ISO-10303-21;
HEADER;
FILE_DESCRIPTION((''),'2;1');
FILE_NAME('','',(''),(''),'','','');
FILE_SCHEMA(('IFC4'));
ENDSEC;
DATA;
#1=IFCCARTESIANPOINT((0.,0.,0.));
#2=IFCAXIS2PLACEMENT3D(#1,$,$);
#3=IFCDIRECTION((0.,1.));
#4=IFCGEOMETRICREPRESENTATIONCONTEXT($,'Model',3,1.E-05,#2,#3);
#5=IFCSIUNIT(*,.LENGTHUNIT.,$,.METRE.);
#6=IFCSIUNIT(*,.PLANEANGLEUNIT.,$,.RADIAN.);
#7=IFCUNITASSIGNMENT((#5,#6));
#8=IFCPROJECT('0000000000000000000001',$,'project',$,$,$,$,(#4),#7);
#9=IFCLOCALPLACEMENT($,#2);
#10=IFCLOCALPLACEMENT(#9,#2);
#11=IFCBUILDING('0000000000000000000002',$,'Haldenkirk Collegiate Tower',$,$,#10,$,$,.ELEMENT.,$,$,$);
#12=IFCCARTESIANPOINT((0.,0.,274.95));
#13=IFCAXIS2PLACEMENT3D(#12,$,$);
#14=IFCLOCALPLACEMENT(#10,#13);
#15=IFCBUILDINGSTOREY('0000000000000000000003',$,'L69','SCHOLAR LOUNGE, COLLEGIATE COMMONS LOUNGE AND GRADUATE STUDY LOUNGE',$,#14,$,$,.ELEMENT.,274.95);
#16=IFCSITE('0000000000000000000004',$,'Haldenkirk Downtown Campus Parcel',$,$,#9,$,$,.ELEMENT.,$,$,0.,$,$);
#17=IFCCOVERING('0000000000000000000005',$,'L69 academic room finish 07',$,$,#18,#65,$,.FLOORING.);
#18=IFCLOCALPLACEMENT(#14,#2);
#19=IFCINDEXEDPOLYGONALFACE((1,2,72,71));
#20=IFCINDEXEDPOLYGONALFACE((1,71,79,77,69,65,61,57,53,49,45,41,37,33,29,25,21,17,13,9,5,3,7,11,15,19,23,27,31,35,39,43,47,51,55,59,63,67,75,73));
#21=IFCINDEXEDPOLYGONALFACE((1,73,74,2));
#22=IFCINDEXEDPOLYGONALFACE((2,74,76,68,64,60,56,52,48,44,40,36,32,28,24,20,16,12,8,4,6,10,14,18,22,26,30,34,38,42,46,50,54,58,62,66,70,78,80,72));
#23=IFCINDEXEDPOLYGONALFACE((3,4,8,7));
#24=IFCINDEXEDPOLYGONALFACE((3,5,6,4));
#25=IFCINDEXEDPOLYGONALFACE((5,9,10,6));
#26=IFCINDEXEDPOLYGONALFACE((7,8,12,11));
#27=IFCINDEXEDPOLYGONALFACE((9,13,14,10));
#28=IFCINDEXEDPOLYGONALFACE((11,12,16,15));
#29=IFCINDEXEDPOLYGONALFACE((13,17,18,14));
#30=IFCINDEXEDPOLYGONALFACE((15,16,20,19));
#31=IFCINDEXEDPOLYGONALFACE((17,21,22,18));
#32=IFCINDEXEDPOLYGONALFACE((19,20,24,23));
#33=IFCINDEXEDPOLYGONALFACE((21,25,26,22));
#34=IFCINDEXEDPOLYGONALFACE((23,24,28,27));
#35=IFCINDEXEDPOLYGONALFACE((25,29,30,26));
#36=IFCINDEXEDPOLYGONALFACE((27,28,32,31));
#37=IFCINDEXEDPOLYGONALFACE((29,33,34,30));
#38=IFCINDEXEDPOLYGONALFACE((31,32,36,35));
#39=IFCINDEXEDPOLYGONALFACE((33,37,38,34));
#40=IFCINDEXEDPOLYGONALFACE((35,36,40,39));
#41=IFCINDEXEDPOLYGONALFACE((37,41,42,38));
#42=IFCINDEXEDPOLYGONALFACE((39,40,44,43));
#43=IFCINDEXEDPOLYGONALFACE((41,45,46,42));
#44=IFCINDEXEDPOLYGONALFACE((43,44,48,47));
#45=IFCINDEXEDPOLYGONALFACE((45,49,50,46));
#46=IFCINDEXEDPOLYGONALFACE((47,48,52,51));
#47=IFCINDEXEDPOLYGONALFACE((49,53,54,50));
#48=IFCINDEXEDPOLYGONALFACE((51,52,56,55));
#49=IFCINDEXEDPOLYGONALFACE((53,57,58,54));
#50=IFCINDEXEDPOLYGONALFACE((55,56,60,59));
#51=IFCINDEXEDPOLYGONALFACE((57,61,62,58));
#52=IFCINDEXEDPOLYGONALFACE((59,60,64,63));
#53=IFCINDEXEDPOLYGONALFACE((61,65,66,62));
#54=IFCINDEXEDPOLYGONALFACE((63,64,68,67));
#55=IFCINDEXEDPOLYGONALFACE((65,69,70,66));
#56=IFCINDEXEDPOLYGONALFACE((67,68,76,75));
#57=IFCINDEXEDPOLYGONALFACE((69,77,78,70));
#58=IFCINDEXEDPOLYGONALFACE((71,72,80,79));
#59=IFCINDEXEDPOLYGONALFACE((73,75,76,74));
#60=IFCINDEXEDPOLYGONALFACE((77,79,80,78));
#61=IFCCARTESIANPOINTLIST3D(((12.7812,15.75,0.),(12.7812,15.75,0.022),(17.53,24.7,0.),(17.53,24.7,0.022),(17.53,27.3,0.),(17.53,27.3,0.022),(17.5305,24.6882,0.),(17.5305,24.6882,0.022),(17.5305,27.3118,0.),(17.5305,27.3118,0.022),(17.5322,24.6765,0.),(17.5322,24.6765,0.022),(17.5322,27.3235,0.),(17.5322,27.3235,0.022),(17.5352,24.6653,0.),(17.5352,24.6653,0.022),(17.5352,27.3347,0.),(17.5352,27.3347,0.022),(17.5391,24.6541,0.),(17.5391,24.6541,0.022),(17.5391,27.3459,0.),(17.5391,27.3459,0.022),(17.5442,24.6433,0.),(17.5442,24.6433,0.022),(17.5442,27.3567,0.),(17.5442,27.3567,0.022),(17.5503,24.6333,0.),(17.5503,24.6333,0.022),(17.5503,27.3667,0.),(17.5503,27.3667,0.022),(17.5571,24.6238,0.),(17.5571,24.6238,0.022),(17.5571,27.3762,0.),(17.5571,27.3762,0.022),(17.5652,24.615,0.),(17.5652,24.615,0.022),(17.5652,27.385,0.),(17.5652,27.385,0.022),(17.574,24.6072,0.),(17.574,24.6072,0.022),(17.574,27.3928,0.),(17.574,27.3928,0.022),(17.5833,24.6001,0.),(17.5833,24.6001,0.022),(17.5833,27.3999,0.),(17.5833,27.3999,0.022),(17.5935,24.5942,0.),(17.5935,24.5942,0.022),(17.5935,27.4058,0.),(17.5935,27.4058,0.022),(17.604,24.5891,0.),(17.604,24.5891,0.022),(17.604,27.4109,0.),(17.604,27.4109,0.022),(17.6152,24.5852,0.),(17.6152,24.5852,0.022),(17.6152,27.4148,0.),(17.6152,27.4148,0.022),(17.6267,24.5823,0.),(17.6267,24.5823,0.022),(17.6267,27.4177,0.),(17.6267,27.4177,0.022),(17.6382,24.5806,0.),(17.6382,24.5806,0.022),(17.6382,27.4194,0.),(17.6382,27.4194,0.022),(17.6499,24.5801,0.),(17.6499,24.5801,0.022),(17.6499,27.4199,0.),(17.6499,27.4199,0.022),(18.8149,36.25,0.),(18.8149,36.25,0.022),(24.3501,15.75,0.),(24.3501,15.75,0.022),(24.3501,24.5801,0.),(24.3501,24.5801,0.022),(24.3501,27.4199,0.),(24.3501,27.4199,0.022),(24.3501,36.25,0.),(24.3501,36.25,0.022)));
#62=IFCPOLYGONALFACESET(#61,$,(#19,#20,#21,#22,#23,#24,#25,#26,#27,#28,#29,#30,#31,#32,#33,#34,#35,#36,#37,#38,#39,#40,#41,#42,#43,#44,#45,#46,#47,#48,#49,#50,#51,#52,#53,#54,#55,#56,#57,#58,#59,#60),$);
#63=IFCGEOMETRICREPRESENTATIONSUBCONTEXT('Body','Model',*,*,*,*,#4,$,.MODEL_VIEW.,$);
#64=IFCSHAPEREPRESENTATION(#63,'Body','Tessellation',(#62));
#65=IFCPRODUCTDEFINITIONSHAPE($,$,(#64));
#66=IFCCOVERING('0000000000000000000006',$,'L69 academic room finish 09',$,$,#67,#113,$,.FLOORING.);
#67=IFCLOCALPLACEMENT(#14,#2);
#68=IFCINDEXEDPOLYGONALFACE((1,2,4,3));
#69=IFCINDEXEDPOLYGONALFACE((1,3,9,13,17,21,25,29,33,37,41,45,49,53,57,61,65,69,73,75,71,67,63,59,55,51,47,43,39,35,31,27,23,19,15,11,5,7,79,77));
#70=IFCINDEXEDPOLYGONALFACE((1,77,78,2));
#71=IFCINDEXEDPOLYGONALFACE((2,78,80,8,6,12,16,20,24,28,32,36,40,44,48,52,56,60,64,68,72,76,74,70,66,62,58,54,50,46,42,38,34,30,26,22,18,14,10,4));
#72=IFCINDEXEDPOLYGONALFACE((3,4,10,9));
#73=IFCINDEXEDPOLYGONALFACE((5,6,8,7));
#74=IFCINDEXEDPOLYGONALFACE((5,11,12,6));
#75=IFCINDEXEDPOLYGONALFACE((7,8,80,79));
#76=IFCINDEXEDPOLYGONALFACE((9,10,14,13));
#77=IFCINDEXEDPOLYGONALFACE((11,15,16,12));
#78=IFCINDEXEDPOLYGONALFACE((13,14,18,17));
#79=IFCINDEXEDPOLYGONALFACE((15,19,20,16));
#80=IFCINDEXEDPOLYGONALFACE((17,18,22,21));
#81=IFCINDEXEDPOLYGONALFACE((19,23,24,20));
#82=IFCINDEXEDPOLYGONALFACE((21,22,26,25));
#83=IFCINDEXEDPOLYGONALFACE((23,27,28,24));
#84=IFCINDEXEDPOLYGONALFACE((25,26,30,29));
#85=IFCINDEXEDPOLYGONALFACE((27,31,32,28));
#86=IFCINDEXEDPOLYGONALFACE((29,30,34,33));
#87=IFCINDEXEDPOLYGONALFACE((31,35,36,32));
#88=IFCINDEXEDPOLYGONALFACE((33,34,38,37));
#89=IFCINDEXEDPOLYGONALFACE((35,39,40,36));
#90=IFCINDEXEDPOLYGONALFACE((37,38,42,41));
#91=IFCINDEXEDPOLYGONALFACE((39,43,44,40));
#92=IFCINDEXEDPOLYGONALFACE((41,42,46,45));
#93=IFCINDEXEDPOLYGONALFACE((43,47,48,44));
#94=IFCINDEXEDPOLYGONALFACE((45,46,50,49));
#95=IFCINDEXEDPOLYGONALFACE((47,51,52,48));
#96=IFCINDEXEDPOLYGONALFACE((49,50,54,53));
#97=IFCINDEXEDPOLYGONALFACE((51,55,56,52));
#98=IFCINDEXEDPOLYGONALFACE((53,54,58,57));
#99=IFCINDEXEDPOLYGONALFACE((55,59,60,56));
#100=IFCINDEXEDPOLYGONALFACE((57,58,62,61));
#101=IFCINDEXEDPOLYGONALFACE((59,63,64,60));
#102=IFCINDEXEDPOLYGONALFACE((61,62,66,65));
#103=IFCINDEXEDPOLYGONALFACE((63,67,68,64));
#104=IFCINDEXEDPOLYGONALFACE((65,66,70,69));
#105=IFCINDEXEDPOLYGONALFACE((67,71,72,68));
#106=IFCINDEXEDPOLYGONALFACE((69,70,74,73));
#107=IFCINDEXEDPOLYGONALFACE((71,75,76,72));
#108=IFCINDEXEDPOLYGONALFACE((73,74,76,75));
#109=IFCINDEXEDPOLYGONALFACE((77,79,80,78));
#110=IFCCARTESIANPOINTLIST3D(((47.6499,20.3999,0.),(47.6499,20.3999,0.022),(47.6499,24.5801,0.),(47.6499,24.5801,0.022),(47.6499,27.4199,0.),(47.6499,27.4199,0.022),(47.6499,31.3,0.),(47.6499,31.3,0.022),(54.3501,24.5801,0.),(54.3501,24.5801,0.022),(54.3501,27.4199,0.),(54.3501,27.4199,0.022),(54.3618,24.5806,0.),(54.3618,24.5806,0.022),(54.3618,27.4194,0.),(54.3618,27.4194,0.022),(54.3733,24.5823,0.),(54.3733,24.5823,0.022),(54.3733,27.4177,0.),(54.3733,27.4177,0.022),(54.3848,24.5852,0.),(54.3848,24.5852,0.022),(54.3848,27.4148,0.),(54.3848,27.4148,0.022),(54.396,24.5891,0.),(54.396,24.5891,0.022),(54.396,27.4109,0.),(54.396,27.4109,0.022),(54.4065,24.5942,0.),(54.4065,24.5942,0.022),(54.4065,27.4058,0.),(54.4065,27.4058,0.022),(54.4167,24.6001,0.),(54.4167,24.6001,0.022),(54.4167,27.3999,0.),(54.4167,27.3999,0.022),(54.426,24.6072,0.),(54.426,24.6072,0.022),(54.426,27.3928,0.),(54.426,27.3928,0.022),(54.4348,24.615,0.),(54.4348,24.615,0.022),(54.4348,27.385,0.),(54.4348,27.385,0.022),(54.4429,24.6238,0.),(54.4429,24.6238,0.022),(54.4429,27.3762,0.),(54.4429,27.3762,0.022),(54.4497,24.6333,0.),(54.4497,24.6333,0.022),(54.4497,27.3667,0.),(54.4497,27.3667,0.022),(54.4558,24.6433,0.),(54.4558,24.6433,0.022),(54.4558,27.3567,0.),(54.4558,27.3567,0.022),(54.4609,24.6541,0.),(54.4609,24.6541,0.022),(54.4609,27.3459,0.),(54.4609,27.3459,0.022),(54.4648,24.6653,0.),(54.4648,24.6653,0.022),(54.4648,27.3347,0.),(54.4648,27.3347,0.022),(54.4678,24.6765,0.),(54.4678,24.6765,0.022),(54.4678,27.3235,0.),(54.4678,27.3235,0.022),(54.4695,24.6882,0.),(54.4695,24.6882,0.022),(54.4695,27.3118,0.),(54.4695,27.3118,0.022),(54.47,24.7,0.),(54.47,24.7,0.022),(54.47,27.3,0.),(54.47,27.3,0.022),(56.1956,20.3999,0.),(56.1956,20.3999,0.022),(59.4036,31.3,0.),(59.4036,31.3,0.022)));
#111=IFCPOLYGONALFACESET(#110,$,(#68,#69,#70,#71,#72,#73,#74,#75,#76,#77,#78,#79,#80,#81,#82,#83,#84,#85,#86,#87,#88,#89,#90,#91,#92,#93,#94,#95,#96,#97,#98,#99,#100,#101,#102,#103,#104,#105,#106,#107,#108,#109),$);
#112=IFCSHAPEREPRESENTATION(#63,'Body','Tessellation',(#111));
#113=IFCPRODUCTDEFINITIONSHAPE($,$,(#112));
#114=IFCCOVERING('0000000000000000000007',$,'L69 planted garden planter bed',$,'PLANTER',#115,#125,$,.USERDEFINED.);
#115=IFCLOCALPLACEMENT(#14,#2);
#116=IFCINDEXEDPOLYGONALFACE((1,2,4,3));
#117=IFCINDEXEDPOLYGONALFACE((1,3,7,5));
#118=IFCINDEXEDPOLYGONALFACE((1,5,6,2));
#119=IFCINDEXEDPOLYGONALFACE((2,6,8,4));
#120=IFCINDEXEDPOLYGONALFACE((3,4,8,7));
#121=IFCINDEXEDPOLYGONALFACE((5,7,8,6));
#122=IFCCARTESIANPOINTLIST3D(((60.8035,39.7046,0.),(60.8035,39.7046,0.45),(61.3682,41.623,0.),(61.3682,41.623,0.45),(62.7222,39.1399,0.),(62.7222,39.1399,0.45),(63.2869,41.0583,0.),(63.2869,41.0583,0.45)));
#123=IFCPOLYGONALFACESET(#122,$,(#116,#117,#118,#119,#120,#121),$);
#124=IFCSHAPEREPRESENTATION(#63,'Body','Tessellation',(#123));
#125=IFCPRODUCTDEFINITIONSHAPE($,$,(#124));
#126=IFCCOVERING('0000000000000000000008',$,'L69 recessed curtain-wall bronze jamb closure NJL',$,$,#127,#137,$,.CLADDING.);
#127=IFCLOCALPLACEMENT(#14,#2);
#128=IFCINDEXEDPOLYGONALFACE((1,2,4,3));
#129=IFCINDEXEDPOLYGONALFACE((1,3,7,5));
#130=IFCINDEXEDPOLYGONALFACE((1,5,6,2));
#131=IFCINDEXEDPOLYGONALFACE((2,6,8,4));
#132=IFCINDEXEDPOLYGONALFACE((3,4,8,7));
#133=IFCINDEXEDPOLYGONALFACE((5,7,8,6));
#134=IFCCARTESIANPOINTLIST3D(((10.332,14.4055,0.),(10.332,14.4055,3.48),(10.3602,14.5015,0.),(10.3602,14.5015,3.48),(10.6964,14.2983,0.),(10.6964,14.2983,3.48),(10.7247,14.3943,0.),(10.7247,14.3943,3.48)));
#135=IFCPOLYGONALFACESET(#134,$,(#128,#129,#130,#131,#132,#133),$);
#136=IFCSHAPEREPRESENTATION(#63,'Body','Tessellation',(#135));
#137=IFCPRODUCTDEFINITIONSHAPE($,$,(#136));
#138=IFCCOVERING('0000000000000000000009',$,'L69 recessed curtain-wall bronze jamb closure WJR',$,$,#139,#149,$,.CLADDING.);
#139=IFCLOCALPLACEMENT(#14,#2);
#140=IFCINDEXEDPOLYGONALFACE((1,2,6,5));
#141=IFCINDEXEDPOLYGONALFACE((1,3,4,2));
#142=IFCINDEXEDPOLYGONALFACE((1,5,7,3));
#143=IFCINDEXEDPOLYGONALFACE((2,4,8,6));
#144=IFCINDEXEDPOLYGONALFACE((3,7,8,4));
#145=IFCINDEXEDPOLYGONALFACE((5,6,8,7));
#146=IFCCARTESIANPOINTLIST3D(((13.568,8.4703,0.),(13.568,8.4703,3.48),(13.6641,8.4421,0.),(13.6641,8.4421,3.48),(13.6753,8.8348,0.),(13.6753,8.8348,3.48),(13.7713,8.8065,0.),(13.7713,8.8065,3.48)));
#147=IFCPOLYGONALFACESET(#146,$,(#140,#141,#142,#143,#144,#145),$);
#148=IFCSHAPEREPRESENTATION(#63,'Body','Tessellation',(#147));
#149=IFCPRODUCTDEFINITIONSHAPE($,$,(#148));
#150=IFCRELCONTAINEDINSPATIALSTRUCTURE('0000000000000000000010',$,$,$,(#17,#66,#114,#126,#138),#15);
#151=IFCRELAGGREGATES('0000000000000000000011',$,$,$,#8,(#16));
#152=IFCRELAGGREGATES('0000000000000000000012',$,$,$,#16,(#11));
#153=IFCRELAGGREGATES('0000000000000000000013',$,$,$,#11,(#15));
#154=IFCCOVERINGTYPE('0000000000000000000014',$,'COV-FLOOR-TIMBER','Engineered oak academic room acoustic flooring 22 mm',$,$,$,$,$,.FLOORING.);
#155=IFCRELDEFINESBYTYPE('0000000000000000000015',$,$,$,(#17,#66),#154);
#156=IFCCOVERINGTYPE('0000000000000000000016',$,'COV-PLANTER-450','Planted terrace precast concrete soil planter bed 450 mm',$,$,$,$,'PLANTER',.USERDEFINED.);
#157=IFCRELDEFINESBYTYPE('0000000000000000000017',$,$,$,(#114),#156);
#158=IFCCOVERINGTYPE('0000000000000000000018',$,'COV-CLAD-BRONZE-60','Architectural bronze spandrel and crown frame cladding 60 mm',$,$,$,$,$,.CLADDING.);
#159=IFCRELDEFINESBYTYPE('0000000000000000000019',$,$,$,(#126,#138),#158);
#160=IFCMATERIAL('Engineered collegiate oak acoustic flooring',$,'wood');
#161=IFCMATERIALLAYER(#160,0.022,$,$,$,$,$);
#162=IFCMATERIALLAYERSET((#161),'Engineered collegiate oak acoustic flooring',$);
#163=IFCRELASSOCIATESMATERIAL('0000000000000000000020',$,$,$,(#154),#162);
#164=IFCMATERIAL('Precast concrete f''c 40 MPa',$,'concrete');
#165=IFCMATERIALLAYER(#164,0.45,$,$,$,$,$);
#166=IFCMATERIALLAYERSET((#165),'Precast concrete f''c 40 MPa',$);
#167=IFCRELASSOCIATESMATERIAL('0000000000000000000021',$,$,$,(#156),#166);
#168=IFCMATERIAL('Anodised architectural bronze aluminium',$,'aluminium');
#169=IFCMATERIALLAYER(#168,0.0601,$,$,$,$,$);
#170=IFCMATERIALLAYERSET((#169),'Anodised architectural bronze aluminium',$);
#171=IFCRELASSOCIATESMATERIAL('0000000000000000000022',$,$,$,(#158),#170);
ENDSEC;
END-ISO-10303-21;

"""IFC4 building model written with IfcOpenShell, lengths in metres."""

from ifc_helpers import new_model, si_unit, direction, frame, origin, origin_2d, place, context, subcontext, project, spatial, polyline, rectangle, outline, extrude, source, transform, mapped, material, layer, layer_set, type_object, element, save


model = new_model("IFC4")

# Units and contexts
model_context = context("Model", 3, precision=1e-05, world=origin(), true_north=direction((0.0, 1.0)))
body_context = subcontext(model_context, "Body", "Model", "MODEL_VIEW")
ifc_project = project(units=[si_unit("LENGTHUNIT", "METRE"), si_unit("PLANEANGLEUNIT", "RADIAN")], contexts=[model_context])

# Site, building, storey
site_placement = place(None, origin())
site = spatial("IfcSite", under=ifc_project, at=site_placement, Name="Haldenkirk Downtown Campus Parcel", CompositionType="ELEMENT", RefElevation=0.0)
building_placement = place(site_placement, origin())
building = spatial("IfcBuilding", under=site, at=building_placement, Name="Haldenkirk Collegiate Tower", CompositionType="ELEMENT")
storey_placement = place(building_placement, frame((0.0, 0.0, 274.95)))
storey = spatial("IfcBuildingStorey", under=building, at=storey_placement, Name="L69", Description="SCHOLAR LOUNGE, COLLEGIATE COMMONS LOUNGE AND GRADUATE STUDY LOUNGE", CompositionType="ELEMENT", Elevation=274.95)

# Shared definitions
ifc_material_1 = material(Name="Anodised architectural bronze aluminium", Category="aluminium")

# Shared definitions
ifc_material_2 = material(Name="Precast concrete f'c 40 MPa", Category="concrete")

# Coverings
ifc_material_3 = material(Name="Engineered collegiate oak acoustic flooring", Category="wood")
ifc_layer_1 = layer(ifc_material_3, 0.022)
ifc_layer_set_1 = layer_set([ifc_layer_1], Name="Engineered collegiate oak acoustic flooring")
covering_type_1 = type_object("IfcCoveringType", Name="COV-FLOOR-TIMBER", Description="Engineered oak academic room acoustic flooring 22 mm", PredefinedType="FLOORING", material=ifc_layer_set_1)
covering_1_placement = place(storey_placement, origin())
element("IfcCovering", 1, at=covering_1_placement, inside=storey, type_object=covering_type_1, Name="L69 academic room finish 07", PredefinedType="FLOORING", context=body_context, shape_type="SweptSolid", body=[
    extrude(outline(polyline([(17.6499, 27.4199), (17.6382, 27.4194), (17.6267, 27.4177), (17.6152, 27.4148), (17.604, 27.4109), (17.5935, 27.4058), (17.5833, 27.3999), (17.574, 27.3928), (17.5652, 27.385), (17.5571, 27.3762), (17.5503, 27.3667), (17.5442, 27.3567), (17.5391, 27.3459), (17.5352, 27.3347), (17.5322, 27.3235), (17.5305, 27.3118), (17.53, 27.3), (17.53, 24.7), (17.5305, 24.6882), (17.5322, 24.6765), (17.5352, 24.6653), (17.5391, 24.6541), (17.5442, 24.6433), (17.5503, 24.6333), (17.5571, 24.6238), (17.5652, 24.615), (17.574, 24.6072), (17.5833, 24.6001), (17.5935, 24.5942), (17.604, 24.5891), (17.6152, 24.5852), (17.6267, 24.5823), (17.6382, 24.5806), (17.6499, 24.5801), (24.3501, 24.5801), (24.3501, 15.75), (12.7812, 15.75), (18.8149, 36.25), (24.3501, 36.25), (24.3501, 27.4199), (17.6499, 27.4199)])), origin(), (0.0, 0.0, 1.0), 0.022),
])
covering_2_placement = place(storey_placement, origin())
element("IfcCovering", 2, at=covering_2_placement, inside=storey, type_object=covering_type_1, Name="L69 academic room finish 09", PredefinedType="FLOORING", context=body_context, shape_type="SweptSolid", body=[
    extrude(outline(polyline([(54.3501, 24.5801), (54.3618, 24.5806), (54.3733, 24.5823), (54.3848, 24.5852), (54.396, 24.5891), (54.4065, 24.5942), (54.4167, 24.6001), (54.426, 24.6072), (54.4348, 24.615), (54.4429, 24.6238), (54.4497, 24.6333), (54.4558, 24.6433), (54.4609, 24.6541), (54.4648, 24.6653), (54.4678, 24.6765), (54.4695, 24.6882), (54.47, 24.7), (54.47, 27.3), (54.4695, 27.3118), (54.4678, 27.3235), (54.4648, 27.3347), (54.4609, 27.3459), (54.4558, 27.3567), (54.4497, 27.3667), (54.4429, 27.3762), (54.4348, 27.385), (54.426, 27.3928), (54.4167, 27.3999), (54.4065, 27.4058), (54.396, 27.4109), (54.3848, 27.4148), (54.3733, 27.4177), (54.3618, 27.4194), (54.3501, 27.4199), (47.6499, 27.4199), (47.6499, 31.3), (59.4036, 31.3), (56.1956, 20.3999), (47.6499, 20.3999), (47.6499, 24.5801), (54.3501, 24.5801)])), origin(), (0.0, 0.0, 1.0), 0.022),
])
ifc_layer_2 = layer(ifc_material_2, 0.45)
ifc_layer_set_2 = layer_set([ifc_layer_2], Name="Precast concrete f'c 40 MPa")
covering_type_2 = type_object("IfcCoveringType", Name="COV-PLANTER-450", Description="Planted terrace precast concrete soil planter bed 450 mm", ElementType="PLANTER", PredefinedType="USERDEFINED", material=ifc_layer_set_2)
covering_3_placement = place(storey_placement, origin())
element("IfcCovering", 3, at=covering_3_placement, inside=storey, type_object=covering_type_2, Name="L69 planted garden planter bed", ObjectType="PLANTER", PredefinedType="USERDEFINED", context=body_context, shape_type="SweptSolid", body=[
    extrude(outline(polyline([(62.7222, 39.1399), (60.8035, 39.7046), (61.3682, 41.623), (63.2869, 41.0583), (62.7222, 39.1399)])), origin(), (0.0, 0.0, 1.0), 0.45),
])
ifc_layer_3 = layer(ifc_material_1, 0.0601)
ifc_layer_set_3 = layer_set([ifc_layer_3], Name="Anodised architectural bronze aluminium")
covering_type_3 = type_object("IfcCoveringType", Name="COV-CLAD-BRONZE-60", Description="Architectural bronze spandrel and crown frame cladding 60 mm", PredefinedType="CLADDING", material=ifc_layer_set_3)
shared_shape_1 = source(origin(), body_context, "Body", "SweptSolid", [
    extrude(rectangle(XDim=0.1001, YDim=0.3799, at=origin_2d()), origin(), (0.0, 0.0, 1.0), 3.48),
])
for number, where, z_axis, x_axis, name in (
    (4, (10.5283, 14.3999, 0.0), (0.0, 0.0, 1.0), (0.282341, 0.959314, 0.0), "L69 recessed curtain-wall bronze jamb closure NJL"),
    (5, (13.6697, 8.6384, 0.0), (0.0, 0.0, 1.0), (-0.959314, 0.282341, 0.0), "L69 recessed curtain-wall bronze jamb closure WJR"),
):
    element("IfcCovering", number, at=place(storey_placement, frame(where, z_axis=z_axis, x_axis=x_axis)), inside=storey, type_object=covering_type_3, Name=name, PredefinedType="CLADDING", context=body_context, shape_type="MappedRepresentation", body=[
        mapped(shared_shape_1, transform((0.0, 0.0, 0.0), x_axis=(1.0, 0.0, 0.0), y_axis=(0.0, 1.0, 0.0), z_axis=(0.0, 0.0, 1.0), scale=1.0)),
    ])

save(model, "model.ifc")
